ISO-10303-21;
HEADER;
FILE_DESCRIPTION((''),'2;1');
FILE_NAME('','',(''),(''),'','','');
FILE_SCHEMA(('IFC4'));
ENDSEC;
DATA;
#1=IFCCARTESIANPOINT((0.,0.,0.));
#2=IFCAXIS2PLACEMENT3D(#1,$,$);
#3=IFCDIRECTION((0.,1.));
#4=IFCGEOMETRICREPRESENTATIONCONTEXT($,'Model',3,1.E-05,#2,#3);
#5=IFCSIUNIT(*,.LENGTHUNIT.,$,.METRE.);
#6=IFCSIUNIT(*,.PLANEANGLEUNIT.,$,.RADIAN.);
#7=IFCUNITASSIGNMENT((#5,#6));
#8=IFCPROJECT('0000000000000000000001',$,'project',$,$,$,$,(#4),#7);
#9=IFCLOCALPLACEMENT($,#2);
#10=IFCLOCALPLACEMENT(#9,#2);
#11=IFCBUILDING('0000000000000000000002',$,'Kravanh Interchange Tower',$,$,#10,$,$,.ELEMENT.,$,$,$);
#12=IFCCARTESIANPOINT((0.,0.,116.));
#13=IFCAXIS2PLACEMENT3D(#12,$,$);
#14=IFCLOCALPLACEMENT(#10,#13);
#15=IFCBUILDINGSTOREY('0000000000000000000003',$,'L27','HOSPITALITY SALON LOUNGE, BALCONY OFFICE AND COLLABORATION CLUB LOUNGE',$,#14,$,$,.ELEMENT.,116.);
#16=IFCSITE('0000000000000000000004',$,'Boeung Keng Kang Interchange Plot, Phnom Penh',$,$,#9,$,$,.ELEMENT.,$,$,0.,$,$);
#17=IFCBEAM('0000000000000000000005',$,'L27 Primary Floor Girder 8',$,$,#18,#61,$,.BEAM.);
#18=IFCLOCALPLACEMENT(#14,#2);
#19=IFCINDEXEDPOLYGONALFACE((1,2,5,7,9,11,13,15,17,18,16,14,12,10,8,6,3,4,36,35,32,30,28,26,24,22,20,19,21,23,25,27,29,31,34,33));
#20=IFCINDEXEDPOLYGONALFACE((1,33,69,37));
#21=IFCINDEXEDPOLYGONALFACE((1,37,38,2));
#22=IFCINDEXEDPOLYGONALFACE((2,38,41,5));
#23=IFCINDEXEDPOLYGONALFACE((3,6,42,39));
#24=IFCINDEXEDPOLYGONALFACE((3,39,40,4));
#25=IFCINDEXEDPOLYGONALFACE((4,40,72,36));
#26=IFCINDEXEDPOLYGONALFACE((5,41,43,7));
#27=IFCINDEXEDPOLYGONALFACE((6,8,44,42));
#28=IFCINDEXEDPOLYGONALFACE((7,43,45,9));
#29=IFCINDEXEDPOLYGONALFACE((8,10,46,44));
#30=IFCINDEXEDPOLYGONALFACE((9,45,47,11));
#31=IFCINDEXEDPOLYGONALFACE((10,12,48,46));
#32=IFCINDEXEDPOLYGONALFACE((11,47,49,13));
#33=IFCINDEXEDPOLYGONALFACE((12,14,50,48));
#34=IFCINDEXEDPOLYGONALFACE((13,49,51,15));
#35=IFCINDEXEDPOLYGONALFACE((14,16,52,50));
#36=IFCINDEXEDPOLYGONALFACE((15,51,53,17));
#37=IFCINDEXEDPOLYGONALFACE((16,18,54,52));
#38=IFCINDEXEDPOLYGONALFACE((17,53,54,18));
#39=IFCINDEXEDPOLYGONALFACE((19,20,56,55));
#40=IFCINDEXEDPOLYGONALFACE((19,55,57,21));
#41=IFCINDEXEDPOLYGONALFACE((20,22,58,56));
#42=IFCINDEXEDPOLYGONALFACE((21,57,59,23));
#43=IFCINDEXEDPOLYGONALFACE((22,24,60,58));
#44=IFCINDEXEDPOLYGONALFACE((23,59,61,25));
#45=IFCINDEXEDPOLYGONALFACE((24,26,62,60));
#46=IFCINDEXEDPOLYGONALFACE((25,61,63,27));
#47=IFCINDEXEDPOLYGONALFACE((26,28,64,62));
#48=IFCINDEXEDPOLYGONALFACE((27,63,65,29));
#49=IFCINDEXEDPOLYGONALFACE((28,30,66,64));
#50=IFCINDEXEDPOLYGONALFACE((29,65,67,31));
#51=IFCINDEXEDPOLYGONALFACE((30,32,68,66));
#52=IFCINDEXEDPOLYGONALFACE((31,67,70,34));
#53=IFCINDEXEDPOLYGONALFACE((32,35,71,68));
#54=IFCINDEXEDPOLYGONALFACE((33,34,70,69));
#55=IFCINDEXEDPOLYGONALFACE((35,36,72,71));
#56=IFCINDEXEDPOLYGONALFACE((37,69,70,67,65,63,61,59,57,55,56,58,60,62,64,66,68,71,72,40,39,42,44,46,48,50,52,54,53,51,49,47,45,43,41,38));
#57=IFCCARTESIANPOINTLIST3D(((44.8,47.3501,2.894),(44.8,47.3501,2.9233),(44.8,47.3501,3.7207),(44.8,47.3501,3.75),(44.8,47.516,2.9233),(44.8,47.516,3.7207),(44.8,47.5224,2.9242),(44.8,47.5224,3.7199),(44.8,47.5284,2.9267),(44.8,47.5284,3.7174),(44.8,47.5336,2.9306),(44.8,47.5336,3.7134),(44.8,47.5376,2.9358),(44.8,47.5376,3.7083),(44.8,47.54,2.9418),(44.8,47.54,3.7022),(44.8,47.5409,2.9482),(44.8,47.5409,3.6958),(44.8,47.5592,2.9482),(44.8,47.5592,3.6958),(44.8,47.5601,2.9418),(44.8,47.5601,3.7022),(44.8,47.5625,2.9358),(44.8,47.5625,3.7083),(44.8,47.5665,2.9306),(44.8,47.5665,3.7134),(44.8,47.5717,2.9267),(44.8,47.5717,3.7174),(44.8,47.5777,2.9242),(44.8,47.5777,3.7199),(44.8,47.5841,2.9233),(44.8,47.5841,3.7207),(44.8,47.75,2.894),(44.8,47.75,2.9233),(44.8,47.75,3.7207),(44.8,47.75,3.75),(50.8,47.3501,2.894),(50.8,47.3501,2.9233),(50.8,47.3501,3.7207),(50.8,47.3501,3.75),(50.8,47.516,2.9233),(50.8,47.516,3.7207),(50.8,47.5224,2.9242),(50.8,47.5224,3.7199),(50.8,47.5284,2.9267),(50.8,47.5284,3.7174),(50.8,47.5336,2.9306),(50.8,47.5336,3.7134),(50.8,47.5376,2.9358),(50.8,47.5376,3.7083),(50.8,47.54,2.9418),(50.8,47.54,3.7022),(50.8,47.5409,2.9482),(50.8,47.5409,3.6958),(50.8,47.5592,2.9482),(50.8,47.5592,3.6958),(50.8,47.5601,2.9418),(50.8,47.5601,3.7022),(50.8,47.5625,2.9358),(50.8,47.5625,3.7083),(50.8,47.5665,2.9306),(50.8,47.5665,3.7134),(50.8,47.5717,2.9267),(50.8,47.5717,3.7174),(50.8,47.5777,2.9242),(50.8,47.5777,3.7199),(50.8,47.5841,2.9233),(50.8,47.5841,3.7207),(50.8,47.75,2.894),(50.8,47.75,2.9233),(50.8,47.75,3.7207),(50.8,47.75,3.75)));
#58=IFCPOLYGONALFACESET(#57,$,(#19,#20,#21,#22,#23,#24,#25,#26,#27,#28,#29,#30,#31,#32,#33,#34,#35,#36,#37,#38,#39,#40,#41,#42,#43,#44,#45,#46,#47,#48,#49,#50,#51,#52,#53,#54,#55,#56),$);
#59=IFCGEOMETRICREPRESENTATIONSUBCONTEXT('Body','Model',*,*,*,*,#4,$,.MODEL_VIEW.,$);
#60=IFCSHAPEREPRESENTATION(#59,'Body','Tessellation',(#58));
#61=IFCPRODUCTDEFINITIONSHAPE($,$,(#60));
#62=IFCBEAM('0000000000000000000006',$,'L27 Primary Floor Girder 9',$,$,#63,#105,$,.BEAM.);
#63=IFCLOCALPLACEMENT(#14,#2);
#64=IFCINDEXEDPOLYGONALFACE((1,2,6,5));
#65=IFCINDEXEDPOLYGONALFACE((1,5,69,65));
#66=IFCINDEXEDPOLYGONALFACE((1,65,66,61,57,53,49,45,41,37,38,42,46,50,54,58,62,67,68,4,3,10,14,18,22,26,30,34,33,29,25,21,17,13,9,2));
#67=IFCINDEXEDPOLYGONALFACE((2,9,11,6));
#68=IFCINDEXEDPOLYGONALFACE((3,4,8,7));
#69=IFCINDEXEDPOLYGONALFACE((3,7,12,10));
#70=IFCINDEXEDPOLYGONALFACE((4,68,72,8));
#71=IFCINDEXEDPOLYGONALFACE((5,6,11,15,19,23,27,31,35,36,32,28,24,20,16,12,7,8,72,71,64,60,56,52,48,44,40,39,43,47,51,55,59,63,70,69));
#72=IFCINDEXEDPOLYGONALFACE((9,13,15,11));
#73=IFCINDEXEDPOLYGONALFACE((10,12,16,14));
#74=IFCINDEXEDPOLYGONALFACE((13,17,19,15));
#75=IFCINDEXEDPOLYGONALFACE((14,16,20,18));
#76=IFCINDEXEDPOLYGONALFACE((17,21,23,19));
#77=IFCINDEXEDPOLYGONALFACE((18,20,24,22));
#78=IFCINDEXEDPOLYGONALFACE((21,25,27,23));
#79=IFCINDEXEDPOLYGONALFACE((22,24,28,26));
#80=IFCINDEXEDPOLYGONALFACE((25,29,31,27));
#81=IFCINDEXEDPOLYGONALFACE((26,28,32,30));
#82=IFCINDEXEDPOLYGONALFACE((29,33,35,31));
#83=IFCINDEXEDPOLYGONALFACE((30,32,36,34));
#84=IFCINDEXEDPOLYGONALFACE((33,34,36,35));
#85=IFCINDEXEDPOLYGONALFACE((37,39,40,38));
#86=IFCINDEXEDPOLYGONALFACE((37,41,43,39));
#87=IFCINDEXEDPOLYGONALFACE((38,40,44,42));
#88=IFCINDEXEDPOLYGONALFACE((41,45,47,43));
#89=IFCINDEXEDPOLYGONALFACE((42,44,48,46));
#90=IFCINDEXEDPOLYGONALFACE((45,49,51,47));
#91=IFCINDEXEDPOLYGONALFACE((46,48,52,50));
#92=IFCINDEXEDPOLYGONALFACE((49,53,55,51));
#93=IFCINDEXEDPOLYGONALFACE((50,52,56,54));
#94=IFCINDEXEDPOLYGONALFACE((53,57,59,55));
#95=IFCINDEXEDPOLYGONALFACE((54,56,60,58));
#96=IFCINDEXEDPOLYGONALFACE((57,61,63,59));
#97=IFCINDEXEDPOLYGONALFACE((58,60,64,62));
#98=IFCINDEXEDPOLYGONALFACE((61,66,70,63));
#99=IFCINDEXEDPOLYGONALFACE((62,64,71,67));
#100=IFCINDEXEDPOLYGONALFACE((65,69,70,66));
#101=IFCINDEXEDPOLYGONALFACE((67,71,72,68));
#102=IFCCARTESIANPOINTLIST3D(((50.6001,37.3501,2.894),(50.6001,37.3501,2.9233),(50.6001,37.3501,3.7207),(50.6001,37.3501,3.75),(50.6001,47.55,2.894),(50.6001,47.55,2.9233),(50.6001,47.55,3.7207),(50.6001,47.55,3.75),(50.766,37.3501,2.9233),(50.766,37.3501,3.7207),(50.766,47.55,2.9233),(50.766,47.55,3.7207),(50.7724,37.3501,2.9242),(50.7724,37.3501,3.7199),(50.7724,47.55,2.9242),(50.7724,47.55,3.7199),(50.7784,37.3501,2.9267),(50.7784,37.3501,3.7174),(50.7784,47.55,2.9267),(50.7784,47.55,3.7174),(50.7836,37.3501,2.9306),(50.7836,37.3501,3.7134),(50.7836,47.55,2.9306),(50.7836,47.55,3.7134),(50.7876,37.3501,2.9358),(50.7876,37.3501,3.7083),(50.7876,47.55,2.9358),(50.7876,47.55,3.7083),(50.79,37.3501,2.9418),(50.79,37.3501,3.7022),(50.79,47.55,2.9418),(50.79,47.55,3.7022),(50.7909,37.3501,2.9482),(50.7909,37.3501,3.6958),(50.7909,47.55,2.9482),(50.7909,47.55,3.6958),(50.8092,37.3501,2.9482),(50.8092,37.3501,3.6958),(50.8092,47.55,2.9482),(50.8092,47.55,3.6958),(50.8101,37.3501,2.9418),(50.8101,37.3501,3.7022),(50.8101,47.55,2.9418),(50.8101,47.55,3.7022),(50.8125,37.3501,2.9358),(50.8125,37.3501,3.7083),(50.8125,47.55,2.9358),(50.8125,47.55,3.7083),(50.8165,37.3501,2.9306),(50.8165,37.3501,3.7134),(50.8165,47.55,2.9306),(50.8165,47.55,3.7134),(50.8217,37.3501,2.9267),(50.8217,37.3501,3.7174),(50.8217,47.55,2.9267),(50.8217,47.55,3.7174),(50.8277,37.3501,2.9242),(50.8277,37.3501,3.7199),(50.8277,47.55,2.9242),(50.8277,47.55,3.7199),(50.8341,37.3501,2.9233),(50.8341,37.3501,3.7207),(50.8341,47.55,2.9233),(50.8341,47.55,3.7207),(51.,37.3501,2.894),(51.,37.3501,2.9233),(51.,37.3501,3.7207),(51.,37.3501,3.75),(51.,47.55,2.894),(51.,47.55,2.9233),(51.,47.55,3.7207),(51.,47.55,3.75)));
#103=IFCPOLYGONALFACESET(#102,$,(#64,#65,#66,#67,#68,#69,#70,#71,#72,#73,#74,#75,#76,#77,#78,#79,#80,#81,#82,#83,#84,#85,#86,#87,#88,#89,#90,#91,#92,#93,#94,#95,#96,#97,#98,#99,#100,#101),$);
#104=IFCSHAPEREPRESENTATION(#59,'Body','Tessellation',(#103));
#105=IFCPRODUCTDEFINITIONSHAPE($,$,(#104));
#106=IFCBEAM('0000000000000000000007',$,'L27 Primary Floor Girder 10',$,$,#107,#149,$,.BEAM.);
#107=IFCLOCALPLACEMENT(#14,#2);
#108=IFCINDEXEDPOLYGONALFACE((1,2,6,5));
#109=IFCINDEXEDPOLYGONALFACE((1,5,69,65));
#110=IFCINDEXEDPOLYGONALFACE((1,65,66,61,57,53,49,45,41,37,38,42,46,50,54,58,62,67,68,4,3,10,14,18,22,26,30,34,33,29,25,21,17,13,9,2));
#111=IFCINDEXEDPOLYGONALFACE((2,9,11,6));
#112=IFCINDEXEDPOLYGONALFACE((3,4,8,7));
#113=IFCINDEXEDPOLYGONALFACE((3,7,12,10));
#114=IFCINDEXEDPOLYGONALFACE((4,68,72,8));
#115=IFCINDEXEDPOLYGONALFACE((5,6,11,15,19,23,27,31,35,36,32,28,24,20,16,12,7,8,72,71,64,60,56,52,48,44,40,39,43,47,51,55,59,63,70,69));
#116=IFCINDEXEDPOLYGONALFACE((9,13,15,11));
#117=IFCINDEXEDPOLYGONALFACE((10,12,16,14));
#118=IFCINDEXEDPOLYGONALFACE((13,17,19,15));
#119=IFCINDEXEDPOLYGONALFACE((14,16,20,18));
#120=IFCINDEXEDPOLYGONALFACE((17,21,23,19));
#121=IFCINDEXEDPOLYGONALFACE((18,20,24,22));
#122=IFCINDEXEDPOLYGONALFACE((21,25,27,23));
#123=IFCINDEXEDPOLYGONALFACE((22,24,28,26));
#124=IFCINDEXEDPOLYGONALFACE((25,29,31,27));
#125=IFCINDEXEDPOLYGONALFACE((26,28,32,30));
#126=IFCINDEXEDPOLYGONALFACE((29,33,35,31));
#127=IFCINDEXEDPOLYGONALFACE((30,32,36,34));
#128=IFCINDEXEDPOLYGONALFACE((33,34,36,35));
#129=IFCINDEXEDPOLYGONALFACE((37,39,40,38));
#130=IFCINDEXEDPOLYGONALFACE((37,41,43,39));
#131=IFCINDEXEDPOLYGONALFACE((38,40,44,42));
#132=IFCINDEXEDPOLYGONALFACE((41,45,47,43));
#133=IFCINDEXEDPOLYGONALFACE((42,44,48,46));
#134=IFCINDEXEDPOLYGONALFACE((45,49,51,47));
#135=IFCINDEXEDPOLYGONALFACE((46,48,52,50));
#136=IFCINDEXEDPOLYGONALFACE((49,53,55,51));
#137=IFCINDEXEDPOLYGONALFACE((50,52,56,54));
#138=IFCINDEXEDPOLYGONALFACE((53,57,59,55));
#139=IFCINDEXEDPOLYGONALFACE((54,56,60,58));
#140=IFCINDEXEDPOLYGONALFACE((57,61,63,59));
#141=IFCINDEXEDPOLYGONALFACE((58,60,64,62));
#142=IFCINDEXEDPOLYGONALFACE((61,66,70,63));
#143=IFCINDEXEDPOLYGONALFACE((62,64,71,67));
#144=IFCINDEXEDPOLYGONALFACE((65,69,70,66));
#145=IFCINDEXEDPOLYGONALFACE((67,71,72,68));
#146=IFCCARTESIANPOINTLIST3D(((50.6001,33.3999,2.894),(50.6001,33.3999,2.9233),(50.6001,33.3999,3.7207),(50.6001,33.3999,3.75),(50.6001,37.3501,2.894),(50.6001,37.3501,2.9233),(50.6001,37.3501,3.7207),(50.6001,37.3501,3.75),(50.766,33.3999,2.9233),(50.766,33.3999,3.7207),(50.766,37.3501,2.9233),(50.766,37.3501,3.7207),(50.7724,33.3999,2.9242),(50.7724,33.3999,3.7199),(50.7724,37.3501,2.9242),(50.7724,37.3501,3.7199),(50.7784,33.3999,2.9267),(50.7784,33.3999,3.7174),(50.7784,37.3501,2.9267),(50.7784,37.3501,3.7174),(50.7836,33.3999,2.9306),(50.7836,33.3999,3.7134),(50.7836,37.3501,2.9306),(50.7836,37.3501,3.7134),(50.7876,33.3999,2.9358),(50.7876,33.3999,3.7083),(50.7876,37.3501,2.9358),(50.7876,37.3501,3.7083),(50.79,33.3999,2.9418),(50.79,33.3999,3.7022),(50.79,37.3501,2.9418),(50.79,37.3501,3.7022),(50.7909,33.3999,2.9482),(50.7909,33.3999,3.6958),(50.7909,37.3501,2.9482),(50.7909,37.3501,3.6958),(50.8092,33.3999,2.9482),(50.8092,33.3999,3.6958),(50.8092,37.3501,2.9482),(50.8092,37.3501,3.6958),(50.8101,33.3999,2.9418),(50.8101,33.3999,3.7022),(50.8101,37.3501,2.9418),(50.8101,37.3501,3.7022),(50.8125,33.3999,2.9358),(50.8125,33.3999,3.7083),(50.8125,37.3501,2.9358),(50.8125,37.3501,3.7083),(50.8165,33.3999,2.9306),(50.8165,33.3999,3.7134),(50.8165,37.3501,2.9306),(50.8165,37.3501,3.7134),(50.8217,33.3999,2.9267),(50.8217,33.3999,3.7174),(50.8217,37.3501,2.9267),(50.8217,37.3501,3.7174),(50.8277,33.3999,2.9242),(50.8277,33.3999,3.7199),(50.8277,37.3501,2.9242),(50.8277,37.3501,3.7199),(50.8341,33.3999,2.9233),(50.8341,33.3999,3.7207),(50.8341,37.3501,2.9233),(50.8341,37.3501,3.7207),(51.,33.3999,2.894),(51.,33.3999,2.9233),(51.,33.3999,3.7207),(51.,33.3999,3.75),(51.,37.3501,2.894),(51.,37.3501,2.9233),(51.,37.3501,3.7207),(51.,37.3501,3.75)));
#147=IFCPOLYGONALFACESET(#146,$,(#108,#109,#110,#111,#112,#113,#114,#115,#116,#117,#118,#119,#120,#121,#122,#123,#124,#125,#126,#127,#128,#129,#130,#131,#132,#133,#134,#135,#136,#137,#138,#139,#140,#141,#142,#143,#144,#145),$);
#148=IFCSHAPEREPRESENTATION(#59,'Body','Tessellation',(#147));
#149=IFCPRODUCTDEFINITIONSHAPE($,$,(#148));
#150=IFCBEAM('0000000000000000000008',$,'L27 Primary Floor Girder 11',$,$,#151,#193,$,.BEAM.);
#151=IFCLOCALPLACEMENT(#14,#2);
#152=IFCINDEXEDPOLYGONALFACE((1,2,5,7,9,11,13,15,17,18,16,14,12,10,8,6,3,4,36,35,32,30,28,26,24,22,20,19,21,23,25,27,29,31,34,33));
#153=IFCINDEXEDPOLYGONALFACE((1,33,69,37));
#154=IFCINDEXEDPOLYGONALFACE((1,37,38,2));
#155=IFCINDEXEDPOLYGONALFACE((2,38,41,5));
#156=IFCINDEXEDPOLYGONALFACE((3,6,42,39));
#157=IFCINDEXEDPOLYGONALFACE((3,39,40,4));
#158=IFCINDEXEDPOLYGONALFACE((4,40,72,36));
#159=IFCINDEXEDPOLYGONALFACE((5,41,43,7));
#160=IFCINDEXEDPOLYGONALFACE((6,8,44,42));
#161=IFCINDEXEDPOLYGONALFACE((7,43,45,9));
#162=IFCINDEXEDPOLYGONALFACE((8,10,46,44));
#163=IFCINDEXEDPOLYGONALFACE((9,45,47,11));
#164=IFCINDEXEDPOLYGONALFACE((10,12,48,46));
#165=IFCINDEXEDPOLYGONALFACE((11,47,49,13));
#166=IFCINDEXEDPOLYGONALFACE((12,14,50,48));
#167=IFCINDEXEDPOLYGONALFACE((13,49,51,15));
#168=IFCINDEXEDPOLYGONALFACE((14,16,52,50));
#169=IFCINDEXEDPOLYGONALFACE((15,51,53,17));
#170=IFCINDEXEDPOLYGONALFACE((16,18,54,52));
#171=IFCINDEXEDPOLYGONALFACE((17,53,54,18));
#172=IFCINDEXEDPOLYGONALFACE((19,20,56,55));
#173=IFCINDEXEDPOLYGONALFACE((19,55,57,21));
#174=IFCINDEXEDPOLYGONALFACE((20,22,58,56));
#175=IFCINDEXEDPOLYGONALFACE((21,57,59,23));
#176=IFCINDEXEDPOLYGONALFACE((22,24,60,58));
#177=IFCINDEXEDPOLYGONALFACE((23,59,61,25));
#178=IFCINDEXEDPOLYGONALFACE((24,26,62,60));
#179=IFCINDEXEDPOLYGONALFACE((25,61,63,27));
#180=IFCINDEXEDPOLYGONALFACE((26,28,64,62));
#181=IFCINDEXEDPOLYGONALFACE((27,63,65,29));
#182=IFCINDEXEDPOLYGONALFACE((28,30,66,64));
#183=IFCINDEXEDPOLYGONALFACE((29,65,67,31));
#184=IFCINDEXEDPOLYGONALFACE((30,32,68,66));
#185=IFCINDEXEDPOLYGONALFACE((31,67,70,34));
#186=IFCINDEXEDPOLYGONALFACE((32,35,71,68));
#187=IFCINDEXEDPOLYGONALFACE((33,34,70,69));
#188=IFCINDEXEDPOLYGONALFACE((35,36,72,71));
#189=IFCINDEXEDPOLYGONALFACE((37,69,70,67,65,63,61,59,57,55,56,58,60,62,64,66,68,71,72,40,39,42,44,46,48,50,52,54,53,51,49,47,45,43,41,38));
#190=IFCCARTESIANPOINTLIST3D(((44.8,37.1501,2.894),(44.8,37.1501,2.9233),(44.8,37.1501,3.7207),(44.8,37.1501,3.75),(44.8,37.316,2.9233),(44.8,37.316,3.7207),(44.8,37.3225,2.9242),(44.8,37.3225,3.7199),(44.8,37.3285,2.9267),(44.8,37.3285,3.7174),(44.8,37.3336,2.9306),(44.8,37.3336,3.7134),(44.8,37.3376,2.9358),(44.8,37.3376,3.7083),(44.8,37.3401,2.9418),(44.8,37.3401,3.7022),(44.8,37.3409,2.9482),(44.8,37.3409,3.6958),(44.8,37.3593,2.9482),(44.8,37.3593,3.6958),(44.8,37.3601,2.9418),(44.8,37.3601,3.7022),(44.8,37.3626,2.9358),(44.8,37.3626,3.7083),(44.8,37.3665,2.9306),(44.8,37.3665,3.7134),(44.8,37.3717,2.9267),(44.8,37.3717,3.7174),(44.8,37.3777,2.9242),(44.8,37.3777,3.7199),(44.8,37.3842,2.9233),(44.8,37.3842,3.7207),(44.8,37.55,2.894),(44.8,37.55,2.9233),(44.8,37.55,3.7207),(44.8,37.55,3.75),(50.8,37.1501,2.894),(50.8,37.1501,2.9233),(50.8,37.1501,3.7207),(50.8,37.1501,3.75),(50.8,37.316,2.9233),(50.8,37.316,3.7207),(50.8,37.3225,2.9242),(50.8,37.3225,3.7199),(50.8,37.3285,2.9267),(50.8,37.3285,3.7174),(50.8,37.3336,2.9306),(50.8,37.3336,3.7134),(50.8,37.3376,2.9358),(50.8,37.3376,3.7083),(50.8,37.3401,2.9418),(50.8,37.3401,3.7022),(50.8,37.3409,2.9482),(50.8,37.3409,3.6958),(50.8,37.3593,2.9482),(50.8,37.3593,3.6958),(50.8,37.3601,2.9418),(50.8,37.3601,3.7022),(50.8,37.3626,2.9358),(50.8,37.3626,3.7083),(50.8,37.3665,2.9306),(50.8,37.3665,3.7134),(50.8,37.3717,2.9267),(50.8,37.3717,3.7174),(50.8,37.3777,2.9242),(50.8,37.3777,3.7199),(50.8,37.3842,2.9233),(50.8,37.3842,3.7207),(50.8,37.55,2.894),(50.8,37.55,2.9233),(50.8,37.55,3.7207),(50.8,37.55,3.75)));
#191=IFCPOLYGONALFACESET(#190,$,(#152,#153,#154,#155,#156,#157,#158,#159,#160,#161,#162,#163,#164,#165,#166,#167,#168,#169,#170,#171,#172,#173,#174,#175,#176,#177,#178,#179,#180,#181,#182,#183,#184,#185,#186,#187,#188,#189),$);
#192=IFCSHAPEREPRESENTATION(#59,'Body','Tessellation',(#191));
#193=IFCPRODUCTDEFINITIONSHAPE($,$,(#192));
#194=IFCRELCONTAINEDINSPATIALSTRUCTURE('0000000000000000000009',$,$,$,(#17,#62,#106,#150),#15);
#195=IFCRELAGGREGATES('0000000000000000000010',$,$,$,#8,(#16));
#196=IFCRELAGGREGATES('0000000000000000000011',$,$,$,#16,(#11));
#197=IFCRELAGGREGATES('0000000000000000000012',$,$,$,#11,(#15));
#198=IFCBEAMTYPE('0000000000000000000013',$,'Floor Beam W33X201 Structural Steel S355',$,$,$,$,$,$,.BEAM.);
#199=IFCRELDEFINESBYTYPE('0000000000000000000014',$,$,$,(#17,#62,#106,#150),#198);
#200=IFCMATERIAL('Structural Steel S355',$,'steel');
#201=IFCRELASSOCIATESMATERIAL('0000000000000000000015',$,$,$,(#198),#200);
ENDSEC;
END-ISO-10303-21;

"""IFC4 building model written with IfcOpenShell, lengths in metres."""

from ifc_helpers import new_model, si_unit, direction, frame, origin, origin_2d, place, context, subcontext, project, spatial, i_section, extrude, material, material_profile, profile_set, type_object, element, save


model = new_model("IFC4")

# Units and contexts
model_context = context("Model", 3, precision=1e-05, world=origin(), true_north=direction((0.0, 1.0)))
body_context = subcontext(model_context, "Body", "Model", "MODEL_VIEW")
ifc_project = project(units=[si_unit("LENGTHUNIT", "METRE"), si_unit("PLANEANGLEUNIT", "RADIAN")], contexts=[model_context])

# Site, building, storey
site_placement = place(None, origin())
site = spatial("IfcSite", under=ifc_project, at=site_placement, Name="Boeung Keng Kang Interchange Plot, Phnom Penh", CompositionType="ELEMENT", RefElevation=0.0)
building_placement = place(site_placement, origin())
building = spatial("IfcBuilding", under=site, at=building_placement, Name="Kravanh Interchange Tower", CompositionType="ELEMENT")
storey_placement = place(building_placement, frame((0.0, 0.0, 116.0)))
storey = spatial("IfcBuildingStorey", under=building, at=storey_placement, Name="L27", Description="HOSPITALITY SALON LOUNGE, BALCONY OFFICE AND COLLABORATION CLUB LOUNGE", CompositionType="ELEMENT", Elevation=116.0)

# Beams
ifc_material_1 = material(Name="Structural Steel S355", Category="steel")
ifc_material_profile_1 = material_profile(ifc_material_1, i_section(OverallWidth=0.3999, OverallDepth=0.856, WebThickness=0.0183, FlangeThickness=0.0293, FilletRadius=0.0249, at=origin_2d()), Name="W33X201")
ifc_profile_set_1 = profile_set([ifc_material_profile_1], Name="Structural Steel S355")
beam_type_1 = type_object("IfcBeamType", Name="Floor Beam W33X201 Structural Steel S355", PredefinedType="BEAM", material=ifc_profile_set_1)
beam_1_placement = place(storey_placement, frame((50.8, 47.55, 3.322), z_axis=(-1.0, 0.0, 0.0), x_axis=(0.0, -1.0, 0.0)))
element("IfcBeam", 1, at=beam_1_placement, inside=storey, type_object=beam_type_1, Name="L27 Primary Floor Girder 8", PredefinedType="BEAM", context=body_context, shape_type="SweptSolid", body=[
    extrude(i_section(OverallWidth=0.3999, OverallDepth=0.856, WebThickness=0.0183, FlangeThickness=0.0293, FilletRadius=0.0249, at=origin_2d()), origin(), (0.0, 0.0, 1.0), 6.0),
])
beam_2_placement = place(storey_placement, frame((50.8, 47.55, 3.322), z_axis=(0.0, -1.0, 0.0), x_axis=(1.0, 0.0, 0.0)))
element("IfcBeam", 2, at=beam_2_placement, inside=storey, type_object=beam_type_1, Name="L27 Primary Floor Girder 9", PredefinedType="BEAM", context=body_context, shape_type="SweptSolid", body=[
    extrude(i_section(OverallWidth=0.3999, OverallDepth=0.856, WebThickness=0.0183, FlangeThickness=0.0293, FilletRadius=0.0249, at=origin_2d()), origin(), (0.0, 0.0, 1.0), 10.2),
])
beam_3_placement = place(storey_placement, frame((50.8, 37.3501, 3.322), z_axis=(0.0, -1.0, 0.0), x_axis=(1.0, 0.0, 0.0)))
element("IfcBeam", 3, at=beam_3_placement, inside=storey, type_object=beam_type_1, Name="L27 Primary Floor Girder 10", PredefinedType="BEAM", context=body_context, shape_type="SweptSolid", body=[
    extrude(i_section(OverallWidth=0.3999, OverallDepth=0.856, WebThickness=0.0183, FlangeThickness=0.0293, FilletRadius=0.0249, at=origin_2d()), origin(), (0.0, 0.0, 1.0), 3.9502),
])
beam_4_placement = place(storey_placement, frame((50.8, 37.3501, 3.322), z_axis=(-1.0, 0.0, 0.0), x_axis=(0.0, -1.0, 0.0)))
element("IfcBeam", 4, at=beam_4_placement, inside=storey, type_object=beam_type_1, Name="L27 Primary Floor Girder 11", PredefinedType="BEAM", context=body_context, shape_type="SweptSolid", body=[
    extrude(i_section(OverallWidth=0.3999, OverallDepth=0.856, WebThickness=0.0183, FlangeThickness=0.0293, FilletRadius=0.0249, at=origin_2d()), origin(), (0.0, 0.0, 1.0), 6.0),
])

save(model, "model.ifc")
